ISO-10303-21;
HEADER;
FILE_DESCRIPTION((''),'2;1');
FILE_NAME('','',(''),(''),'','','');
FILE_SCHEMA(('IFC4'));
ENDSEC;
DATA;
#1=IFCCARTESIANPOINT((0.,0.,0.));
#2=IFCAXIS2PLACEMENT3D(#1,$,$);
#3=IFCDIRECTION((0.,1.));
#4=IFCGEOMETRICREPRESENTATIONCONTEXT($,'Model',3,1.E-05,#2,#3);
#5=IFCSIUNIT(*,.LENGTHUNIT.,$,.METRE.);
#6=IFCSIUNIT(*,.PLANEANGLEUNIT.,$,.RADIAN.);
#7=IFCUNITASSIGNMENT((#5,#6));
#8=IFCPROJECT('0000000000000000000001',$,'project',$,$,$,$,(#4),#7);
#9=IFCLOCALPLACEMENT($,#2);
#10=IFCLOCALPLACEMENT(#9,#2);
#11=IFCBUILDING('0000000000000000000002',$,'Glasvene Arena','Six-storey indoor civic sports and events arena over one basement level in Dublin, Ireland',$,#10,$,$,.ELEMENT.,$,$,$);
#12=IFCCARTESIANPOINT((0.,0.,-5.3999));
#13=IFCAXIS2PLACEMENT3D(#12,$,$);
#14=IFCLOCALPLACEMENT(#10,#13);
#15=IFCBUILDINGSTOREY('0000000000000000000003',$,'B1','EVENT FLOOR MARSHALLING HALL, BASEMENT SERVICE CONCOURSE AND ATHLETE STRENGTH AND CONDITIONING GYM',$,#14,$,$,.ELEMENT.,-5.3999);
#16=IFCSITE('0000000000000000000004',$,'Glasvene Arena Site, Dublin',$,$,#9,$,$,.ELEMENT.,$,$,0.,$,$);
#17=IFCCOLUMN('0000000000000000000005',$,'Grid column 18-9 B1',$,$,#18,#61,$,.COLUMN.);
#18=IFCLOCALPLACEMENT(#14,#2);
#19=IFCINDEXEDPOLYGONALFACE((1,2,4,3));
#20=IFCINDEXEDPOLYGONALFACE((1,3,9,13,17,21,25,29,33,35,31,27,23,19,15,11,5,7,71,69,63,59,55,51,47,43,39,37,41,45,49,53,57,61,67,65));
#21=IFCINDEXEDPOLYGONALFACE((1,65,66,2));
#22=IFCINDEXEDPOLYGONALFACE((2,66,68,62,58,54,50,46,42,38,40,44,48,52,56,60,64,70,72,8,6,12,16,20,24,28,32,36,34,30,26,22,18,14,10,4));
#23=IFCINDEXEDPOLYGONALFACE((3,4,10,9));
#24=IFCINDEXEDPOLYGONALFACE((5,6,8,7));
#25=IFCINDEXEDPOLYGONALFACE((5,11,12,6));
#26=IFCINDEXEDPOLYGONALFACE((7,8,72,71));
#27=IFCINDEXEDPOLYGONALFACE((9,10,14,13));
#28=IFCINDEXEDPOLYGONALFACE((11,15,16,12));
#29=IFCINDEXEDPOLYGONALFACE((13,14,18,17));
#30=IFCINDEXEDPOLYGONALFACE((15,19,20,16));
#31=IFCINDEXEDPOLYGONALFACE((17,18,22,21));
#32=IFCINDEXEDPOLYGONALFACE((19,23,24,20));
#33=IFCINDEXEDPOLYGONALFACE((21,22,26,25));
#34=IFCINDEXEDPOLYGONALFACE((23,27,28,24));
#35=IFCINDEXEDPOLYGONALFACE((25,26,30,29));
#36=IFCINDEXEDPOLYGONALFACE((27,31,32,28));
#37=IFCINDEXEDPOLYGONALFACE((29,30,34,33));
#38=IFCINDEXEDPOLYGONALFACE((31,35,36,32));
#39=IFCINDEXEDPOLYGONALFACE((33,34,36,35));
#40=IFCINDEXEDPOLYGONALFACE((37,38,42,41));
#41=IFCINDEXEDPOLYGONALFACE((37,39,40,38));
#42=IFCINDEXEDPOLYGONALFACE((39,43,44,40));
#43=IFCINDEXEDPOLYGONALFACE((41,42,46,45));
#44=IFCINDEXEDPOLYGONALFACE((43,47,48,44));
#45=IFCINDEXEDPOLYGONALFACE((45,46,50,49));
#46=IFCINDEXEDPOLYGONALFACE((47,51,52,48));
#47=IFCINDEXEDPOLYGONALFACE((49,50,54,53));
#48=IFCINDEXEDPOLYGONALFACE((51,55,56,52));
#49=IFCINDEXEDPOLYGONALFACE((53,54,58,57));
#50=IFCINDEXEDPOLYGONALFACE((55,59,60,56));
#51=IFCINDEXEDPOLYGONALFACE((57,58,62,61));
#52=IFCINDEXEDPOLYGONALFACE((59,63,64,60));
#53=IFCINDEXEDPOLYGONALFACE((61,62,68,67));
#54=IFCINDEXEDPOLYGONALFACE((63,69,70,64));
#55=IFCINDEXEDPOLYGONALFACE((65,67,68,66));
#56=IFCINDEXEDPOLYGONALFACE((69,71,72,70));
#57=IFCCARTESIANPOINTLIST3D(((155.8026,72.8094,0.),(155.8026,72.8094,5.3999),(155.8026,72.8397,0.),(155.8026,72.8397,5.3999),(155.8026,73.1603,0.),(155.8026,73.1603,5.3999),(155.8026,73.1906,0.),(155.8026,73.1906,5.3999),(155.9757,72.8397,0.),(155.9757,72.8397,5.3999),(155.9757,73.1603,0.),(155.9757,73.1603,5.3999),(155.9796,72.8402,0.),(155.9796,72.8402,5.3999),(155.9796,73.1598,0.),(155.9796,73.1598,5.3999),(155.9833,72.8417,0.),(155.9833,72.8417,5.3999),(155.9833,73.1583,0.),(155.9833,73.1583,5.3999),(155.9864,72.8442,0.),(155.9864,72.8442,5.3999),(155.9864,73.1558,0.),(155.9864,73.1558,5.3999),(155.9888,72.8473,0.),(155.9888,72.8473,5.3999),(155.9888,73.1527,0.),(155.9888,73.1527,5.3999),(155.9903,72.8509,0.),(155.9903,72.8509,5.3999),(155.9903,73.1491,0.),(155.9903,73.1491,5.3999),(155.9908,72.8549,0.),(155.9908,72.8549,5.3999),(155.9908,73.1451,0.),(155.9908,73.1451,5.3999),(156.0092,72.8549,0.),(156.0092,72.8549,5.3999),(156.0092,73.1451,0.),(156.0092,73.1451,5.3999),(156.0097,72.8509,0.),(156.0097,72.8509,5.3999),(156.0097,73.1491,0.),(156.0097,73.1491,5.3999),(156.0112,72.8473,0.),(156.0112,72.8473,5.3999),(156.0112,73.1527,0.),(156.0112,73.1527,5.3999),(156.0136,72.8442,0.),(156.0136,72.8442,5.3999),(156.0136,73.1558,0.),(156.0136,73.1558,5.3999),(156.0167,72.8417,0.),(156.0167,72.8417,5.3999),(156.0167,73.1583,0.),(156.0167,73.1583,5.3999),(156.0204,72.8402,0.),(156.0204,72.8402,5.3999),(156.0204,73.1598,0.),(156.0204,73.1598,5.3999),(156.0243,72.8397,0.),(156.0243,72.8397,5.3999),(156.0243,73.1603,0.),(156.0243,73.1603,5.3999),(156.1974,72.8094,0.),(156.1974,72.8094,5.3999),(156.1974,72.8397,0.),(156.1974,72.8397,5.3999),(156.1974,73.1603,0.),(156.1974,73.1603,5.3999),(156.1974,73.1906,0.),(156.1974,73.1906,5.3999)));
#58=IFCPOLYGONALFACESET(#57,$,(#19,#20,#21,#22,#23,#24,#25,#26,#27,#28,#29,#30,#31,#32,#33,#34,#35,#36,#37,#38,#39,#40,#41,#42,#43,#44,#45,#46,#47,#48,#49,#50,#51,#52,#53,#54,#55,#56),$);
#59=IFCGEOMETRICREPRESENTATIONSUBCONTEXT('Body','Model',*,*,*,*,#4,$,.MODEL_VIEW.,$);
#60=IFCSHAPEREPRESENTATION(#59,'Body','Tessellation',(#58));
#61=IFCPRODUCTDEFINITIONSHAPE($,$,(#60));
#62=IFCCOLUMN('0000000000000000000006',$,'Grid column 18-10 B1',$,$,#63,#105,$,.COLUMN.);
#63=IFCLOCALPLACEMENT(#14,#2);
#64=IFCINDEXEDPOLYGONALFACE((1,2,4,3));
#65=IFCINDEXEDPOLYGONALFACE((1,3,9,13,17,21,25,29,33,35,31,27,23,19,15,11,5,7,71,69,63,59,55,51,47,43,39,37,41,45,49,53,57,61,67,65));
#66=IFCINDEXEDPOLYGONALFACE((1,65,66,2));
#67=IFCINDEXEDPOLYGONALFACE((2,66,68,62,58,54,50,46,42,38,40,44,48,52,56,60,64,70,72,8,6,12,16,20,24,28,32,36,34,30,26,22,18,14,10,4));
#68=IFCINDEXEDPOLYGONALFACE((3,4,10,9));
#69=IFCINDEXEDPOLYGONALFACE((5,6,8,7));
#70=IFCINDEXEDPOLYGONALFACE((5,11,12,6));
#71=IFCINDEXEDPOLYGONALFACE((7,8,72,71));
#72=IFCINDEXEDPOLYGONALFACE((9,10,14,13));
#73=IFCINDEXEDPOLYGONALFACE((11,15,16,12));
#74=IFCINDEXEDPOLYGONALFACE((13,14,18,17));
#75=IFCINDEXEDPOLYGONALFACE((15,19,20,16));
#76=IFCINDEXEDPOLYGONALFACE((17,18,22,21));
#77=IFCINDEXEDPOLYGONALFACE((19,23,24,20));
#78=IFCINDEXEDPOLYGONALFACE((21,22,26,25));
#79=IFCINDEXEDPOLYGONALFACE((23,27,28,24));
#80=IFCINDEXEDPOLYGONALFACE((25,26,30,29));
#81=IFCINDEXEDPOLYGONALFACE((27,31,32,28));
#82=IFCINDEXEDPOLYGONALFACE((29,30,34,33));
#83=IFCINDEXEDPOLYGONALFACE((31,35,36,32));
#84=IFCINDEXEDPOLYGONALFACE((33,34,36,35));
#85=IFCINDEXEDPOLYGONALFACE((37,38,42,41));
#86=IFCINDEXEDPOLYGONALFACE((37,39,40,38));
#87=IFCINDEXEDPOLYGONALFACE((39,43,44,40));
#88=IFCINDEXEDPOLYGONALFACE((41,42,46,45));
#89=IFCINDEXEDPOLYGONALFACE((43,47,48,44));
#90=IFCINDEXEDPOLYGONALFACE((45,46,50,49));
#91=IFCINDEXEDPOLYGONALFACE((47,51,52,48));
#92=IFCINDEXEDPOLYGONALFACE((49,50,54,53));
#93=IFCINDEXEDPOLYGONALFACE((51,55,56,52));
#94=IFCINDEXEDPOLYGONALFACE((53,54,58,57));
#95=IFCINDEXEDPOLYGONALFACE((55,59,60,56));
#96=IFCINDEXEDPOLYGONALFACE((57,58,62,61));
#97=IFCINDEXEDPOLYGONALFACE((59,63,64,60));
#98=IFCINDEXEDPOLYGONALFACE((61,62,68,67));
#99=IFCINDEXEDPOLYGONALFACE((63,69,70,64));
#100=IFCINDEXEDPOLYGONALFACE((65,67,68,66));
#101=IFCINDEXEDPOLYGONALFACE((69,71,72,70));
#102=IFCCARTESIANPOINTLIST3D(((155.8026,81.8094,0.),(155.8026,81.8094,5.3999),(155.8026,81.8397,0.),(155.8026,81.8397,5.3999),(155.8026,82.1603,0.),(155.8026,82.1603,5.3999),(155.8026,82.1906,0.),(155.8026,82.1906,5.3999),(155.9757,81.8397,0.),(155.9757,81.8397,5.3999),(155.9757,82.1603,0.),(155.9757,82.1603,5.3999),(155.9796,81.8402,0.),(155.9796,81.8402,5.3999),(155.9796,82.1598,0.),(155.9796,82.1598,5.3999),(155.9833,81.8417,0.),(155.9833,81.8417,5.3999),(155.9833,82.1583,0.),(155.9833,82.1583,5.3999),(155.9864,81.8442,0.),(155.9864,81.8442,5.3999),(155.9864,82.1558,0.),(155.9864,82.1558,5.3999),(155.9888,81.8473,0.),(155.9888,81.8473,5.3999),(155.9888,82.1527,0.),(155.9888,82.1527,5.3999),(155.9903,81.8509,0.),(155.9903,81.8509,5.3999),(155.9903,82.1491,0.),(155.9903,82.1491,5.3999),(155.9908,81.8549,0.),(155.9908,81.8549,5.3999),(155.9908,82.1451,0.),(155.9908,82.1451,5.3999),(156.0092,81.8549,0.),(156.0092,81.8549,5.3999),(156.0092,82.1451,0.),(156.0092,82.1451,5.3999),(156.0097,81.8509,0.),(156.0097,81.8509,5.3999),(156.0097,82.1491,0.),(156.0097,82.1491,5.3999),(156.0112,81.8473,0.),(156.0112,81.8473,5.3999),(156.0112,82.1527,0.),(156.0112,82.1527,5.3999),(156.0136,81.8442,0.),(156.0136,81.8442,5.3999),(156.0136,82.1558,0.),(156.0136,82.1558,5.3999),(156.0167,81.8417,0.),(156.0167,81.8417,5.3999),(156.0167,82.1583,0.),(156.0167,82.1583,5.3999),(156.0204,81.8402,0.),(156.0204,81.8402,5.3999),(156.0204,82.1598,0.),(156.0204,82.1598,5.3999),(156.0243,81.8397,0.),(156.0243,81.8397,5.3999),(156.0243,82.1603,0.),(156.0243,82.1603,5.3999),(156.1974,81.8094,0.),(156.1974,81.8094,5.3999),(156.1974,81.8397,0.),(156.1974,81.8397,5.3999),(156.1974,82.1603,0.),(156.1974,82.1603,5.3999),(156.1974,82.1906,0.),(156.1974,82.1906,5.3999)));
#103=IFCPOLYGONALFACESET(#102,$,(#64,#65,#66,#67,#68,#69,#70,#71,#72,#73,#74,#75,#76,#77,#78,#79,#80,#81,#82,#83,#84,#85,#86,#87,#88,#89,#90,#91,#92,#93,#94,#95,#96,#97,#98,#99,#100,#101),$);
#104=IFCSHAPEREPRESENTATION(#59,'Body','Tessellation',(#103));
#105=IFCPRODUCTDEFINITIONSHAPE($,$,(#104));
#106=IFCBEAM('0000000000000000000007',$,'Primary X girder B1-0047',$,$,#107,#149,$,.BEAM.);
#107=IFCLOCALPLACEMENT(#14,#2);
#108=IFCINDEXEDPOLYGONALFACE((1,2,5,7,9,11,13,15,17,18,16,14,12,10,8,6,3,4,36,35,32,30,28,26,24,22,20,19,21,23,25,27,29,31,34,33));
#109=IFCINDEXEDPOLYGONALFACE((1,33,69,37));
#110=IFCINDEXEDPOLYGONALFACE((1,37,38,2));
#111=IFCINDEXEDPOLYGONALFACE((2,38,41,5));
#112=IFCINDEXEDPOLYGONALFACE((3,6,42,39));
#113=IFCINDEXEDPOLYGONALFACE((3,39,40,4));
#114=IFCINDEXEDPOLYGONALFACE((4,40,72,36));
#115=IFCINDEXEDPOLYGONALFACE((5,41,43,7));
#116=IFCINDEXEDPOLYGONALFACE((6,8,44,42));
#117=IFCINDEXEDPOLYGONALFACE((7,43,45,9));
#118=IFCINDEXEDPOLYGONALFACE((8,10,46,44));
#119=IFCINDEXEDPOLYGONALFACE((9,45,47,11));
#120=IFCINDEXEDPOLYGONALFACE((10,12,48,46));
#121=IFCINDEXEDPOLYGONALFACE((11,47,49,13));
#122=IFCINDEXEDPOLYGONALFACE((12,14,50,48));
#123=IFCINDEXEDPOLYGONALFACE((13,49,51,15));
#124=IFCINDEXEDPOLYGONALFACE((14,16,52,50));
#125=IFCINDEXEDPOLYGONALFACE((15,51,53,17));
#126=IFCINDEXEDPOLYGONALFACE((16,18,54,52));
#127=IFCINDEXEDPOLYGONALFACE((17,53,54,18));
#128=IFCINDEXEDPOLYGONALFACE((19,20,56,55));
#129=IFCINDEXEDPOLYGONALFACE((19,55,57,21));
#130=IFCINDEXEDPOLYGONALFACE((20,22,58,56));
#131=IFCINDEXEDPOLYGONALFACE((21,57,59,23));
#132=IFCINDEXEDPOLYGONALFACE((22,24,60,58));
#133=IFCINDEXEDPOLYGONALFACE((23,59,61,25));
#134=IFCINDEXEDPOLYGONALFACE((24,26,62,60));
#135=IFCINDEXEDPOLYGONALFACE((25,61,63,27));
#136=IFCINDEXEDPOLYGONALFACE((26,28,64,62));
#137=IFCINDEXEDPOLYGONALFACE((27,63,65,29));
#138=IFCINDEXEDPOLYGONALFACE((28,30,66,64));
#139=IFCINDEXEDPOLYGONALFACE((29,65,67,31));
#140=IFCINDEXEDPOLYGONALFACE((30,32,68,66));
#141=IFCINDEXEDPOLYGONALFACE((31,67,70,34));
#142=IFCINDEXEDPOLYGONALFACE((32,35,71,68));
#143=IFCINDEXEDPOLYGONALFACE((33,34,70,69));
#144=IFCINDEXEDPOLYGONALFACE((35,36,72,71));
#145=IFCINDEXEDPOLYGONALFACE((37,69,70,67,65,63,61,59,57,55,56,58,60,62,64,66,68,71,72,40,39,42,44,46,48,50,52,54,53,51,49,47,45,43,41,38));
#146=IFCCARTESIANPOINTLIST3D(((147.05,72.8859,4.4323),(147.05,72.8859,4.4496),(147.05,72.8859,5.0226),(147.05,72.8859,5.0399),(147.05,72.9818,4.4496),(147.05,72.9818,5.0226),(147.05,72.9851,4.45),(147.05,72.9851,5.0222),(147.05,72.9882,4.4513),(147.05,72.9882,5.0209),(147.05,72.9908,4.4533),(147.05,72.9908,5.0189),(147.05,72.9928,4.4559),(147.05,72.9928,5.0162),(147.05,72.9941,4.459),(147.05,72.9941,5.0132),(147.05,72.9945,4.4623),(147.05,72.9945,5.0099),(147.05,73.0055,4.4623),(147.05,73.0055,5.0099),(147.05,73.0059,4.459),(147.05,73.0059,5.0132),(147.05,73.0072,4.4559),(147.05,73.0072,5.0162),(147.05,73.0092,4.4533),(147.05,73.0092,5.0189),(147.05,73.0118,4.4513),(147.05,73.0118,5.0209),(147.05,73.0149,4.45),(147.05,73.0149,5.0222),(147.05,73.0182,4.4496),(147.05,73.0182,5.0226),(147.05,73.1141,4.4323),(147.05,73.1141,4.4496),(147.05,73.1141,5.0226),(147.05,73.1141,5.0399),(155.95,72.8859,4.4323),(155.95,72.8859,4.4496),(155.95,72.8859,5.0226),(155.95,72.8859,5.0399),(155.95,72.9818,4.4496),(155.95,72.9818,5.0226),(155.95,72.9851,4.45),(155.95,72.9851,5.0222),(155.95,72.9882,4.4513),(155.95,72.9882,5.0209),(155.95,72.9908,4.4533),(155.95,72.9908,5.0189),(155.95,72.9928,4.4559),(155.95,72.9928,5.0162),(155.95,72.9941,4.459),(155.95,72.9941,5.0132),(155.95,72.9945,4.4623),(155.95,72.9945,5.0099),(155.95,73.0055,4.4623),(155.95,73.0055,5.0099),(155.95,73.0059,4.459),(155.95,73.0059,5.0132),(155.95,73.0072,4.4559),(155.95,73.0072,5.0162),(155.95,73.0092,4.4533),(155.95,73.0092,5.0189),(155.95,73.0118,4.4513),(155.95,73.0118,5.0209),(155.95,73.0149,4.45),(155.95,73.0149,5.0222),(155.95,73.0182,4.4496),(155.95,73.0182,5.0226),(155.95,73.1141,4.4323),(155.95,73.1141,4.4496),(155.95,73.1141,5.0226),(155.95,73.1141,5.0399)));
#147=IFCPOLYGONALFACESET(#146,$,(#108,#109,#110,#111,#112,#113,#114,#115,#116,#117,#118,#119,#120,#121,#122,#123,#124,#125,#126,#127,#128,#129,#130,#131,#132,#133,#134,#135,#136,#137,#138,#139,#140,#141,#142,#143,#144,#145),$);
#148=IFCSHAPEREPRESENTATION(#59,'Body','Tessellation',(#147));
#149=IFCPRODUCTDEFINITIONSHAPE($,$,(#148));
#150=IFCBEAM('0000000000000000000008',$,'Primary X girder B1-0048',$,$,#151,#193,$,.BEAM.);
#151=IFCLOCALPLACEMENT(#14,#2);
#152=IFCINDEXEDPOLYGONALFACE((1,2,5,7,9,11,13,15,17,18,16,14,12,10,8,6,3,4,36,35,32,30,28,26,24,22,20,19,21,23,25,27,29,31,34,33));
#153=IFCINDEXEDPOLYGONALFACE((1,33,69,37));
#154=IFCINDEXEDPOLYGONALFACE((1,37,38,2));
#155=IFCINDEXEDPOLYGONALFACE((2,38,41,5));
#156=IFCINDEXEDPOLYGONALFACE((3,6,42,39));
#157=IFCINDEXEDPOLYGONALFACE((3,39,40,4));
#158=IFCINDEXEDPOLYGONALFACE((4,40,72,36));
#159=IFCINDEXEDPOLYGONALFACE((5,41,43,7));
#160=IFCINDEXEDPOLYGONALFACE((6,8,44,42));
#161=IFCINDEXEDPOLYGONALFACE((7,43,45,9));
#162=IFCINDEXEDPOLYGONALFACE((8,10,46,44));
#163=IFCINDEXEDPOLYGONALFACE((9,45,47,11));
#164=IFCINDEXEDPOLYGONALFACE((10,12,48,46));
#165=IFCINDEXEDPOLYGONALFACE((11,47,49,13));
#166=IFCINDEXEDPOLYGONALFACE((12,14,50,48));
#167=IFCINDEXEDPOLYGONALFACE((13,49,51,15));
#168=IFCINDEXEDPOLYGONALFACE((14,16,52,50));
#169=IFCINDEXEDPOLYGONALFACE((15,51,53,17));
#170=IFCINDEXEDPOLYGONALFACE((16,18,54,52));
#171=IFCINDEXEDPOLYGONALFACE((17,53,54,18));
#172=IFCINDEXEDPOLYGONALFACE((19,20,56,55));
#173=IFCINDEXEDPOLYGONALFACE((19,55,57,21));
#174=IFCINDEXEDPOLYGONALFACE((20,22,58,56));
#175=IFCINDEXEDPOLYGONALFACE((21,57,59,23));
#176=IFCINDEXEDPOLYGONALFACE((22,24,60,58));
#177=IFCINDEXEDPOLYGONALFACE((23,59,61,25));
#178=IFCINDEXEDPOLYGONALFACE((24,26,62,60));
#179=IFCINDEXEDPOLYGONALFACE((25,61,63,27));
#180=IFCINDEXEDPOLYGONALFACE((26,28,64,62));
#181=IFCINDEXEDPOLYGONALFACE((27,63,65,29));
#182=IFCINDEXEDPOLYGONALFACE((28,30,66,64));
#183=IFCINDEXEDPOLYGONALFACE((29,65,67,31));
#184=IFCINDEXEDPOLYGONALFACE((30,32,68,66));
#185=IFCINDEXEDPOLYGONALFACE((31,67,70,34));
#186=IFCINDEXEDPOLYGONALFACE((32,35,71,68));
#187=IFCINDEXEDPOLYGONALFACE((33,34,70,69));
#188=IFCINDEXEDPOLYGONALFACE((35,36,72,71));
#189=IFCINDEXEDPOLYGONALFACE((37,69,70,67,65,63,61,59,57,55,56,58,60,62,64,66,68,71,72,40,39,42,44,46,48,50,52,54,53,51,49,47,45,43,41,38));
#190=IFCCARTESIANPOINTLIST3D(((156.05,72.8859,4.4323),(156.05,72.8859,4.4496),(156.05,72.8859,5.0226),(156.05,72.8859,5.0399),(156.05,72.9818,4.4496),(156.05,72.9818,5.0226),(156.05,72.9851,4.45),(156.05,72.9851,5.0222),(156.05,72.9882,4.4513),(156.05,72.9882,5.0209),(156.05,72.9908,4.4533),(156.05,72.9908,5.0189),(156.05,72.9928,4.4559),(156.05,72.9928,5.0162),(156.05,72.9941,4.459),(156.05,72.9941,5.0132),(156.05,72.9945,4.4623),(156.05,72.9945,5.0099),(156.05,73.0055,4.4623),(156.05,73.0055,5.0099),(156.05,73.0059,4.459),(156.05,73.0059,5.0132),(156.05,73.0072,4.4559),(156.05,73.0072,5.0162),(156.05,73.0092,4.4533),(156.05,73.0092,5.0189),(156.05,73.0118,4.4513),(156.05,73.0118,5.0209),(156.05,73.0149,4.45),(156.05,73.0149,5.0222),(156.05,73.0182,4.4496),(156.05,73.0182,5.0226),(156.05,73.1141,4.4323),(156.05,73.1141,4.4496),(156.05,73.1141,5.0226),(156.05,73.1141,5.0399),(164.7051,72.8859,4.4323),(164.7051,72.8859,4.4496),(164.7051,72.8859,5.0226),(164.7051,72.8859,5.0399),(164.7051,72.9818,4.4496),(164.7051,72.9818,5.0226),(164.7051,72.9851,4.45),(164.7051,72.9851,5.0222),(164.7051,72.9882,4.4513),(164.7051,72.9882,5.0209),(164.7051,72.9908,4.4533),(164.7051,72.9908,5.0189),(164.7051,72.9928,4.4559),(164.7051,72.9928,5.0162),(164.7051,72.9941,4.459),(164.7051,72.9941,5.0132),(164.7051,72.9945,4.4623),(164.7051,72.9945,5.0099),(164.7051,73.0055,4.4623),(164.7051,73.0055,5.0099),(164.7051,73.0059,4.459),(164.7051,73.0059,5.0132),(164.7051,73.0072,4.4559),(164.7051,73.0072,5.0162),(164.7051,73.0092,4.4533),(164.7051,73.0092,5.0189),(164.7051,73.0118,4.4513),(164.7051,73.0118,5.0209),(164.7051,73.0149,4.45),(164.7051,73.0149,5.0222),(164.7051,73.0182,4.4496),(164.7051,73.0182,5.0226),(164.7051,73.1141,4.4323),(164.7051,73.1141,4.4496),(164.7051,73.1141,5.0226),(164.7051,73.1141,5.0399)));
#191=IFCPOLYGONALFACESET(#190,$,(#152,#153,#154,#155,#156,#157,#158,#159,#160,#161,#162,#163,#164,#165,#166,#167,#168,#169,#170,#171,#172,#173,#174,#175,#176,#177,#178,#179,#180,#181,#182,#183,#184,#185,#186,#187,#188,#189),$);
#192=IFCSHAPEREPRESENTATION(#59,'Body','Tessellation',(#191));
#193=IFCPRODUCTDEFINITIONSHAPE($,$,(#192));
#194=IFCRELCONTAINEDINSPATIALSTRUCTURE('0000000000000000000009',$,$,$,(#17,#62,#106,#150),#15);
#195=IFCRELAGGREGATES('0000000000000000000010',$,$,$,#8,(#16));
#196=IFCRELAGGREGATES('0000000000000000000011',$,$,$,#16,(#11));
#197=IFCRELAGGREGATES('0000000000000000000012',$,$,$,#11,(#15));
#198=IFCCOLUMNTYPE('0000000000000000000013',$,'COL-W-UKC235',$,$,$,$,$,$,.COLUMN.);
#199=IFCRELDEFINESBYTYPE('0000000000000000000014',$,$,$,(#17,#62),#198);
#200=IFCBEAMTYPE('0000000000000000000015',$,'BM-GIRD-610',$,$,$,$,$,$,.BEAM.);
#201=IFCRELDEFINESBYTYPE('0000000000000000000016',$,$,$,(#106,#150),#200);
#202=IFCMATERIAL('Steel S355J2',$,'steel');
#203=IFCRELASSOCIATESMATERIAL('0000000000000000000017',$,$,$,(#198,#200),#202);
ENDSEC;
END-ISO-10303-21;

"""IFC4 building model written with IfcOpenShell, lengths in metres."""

from ifc_helpers import new_model, si_unit, direction, frame, origin, origin_2d, place, context, subcontext, project, spatial, i_section, extrude, material, material_profile, profile_set, type_object, element, save


model = new_model("IFC4")

# Units and contexts
model_context = context("Model", 3, precision=1e-05, world=origin(), true_north=direction((0.0, 1.0)))
body_context = subcontext(model_context, "Body", "Model", "MODEL_VIEW")
ifc_project = project(units=[si_unit("LENGTHUNIT", "METRE"), si_unit("PLANEANGLEUNIT", "RADIAN")], contexts=[model_context])

# Site, building, storey
site_placement = place(None, origin())
site = spatial("IfcSite", under=ifc_project, at=site_placement, Name="Glasvene Arena Site, Dublin", CompositionType="ELEMENT", RefElevation=0.0)
building_placement = place(site_placement, origin())
building = spatial("IfcBuilding", under=site, at=building_placement, Name="Glasvene Arena", Description="Six-storey indoor civic sports and events arena over one basement level in Dublin, Ireland", CompositionType="ELEMENT")
storey_placement = place(building_placement, frame((0.0, 0.0, -5.3999)))
storey = spatial("IfcBuildingStorey", under=building, at=storey_placement, Name="B1", Description="EVENT FLOOR MARSHALLING HALL, BASEMENT SERVICE CONCOURSE AND ATHLETE STRENGTH AND CONDITIONING GYM", CompositionType="ELEMENT", Elevation=-5.3999)

# Columns
ifc_material_1 = material(Name="Steel S355J2", Category="steel")
ifc_material_profile_1 = material_profile(ifc_material_1, i_section(OverallWidth=0.3948, OverallDepth=0.3811, WebThickness=0.0183, FlangeThickness=0.0303, FilletRadius=0.0151, at=origin_2d()), Name="UKC 356x406x235")
ifc_profile_set_1 = profile_set([ifc_material_profile_1], Name="Steel S355J2")
column_type = type_object("IfcColumnType", Name="COL-W-UKC235", PredefinedType="COLUMN", material=ifc_profile_set_1)
for number, where, z_axis, x_axis, name in (
    (1, (156.0, 73.0, 0.0), (0.0, 0.0, 1.0), (1.0, 0.0, 0.0), "Grid column 18-9 B1"),
    (2, (156.0, 82.0, 0.0), (0.0, 0.0, 1.0), (1.0, 0.0, 0.0), "Grid column 18-10 B1"),
):
    element("IfcColumn", number, at=place(storey_placement, frame(where, z_axis=z_axis, x_axis=x_axis)), inside=storey, type_object=column_type, Name=name, PredefinedType="COLUMN", context=body_context, shape_type="SweptSolid", body=[
        extrude(i_section(OverallWidth=0.3948, OverallDepth=0.3811, WebThickness=0.0183, FlangeThickness=0.0303, FilletRadius=0.0151, at=origin_2d()), origin(), (0.0, 0.0, 1.0), 5.3999),
    ])

# Beams
ifc_material_profile_2 = material_profile(ifc_material_1, i_section(OverallWidth=0.2283, OverallDepth=0.6077, WebThickness=0.011, FlangeThickness=0.0173, FilletRadius=0.0127, at=origin_2d()), Name="UKB 610x229x113")
ifc_profile_set_2 = profile_set([ifc_material_profile_2], Name="Steel S355J2")
beam_type_1 = type_object("IfcBeamType", Name="BM-GIRD-610", PredefinedType="BEAM", material=ifc_profile_set_2)
beam_1_placement = place(storey_placement, frame((147.05, 73.0, 4.7361), z_axis=(1.0, 0.0, 0.0), x_axis=(0.0, 1.0, 0.0)))
element("IfcBeam", 3, at=beam_1_placement, inside=storey, type_object=beam_type_1, Name="Primary X girder B1-0047", PredefinedType="BEAM", context=body_context, shape_type="SweptSolid", body=[
    extrude(i_section(OverallWidth=0.2283, OverallDepth=0.6077, WebThickness=0.011, FlangeThickness=0.0173, FilletRadius=0.0127, at=origin_2d()), origin(), (0.0, 0.0, 1.0), 8.8999),
])
beam_2_placement = place(storey_placement, frame((156.05, 73.0, 4.7361), z_axis=(1.0, 0.0, 0.0), x_axis=(0.0, 1.0, 0.0)))
element("IfcBeam", 4, at=beam_2_placement, inside=storey, type_object=beam_type_1, Name="Primary X girder B1-0048", PredefinedType="BEAM", context=body_context, shape_type="SweptSolid", body=[
    extrude(i_section(OverallWidth=0.2283, OverallDepth=0.6077, WebThickness=0.011, FlangeThickness=0.0173, FilletRadius=0.0127, at=origin_2d()), origin(), (0.0, 0.0, 1.0), 8.655),
])

save(model, "model.ifc")
